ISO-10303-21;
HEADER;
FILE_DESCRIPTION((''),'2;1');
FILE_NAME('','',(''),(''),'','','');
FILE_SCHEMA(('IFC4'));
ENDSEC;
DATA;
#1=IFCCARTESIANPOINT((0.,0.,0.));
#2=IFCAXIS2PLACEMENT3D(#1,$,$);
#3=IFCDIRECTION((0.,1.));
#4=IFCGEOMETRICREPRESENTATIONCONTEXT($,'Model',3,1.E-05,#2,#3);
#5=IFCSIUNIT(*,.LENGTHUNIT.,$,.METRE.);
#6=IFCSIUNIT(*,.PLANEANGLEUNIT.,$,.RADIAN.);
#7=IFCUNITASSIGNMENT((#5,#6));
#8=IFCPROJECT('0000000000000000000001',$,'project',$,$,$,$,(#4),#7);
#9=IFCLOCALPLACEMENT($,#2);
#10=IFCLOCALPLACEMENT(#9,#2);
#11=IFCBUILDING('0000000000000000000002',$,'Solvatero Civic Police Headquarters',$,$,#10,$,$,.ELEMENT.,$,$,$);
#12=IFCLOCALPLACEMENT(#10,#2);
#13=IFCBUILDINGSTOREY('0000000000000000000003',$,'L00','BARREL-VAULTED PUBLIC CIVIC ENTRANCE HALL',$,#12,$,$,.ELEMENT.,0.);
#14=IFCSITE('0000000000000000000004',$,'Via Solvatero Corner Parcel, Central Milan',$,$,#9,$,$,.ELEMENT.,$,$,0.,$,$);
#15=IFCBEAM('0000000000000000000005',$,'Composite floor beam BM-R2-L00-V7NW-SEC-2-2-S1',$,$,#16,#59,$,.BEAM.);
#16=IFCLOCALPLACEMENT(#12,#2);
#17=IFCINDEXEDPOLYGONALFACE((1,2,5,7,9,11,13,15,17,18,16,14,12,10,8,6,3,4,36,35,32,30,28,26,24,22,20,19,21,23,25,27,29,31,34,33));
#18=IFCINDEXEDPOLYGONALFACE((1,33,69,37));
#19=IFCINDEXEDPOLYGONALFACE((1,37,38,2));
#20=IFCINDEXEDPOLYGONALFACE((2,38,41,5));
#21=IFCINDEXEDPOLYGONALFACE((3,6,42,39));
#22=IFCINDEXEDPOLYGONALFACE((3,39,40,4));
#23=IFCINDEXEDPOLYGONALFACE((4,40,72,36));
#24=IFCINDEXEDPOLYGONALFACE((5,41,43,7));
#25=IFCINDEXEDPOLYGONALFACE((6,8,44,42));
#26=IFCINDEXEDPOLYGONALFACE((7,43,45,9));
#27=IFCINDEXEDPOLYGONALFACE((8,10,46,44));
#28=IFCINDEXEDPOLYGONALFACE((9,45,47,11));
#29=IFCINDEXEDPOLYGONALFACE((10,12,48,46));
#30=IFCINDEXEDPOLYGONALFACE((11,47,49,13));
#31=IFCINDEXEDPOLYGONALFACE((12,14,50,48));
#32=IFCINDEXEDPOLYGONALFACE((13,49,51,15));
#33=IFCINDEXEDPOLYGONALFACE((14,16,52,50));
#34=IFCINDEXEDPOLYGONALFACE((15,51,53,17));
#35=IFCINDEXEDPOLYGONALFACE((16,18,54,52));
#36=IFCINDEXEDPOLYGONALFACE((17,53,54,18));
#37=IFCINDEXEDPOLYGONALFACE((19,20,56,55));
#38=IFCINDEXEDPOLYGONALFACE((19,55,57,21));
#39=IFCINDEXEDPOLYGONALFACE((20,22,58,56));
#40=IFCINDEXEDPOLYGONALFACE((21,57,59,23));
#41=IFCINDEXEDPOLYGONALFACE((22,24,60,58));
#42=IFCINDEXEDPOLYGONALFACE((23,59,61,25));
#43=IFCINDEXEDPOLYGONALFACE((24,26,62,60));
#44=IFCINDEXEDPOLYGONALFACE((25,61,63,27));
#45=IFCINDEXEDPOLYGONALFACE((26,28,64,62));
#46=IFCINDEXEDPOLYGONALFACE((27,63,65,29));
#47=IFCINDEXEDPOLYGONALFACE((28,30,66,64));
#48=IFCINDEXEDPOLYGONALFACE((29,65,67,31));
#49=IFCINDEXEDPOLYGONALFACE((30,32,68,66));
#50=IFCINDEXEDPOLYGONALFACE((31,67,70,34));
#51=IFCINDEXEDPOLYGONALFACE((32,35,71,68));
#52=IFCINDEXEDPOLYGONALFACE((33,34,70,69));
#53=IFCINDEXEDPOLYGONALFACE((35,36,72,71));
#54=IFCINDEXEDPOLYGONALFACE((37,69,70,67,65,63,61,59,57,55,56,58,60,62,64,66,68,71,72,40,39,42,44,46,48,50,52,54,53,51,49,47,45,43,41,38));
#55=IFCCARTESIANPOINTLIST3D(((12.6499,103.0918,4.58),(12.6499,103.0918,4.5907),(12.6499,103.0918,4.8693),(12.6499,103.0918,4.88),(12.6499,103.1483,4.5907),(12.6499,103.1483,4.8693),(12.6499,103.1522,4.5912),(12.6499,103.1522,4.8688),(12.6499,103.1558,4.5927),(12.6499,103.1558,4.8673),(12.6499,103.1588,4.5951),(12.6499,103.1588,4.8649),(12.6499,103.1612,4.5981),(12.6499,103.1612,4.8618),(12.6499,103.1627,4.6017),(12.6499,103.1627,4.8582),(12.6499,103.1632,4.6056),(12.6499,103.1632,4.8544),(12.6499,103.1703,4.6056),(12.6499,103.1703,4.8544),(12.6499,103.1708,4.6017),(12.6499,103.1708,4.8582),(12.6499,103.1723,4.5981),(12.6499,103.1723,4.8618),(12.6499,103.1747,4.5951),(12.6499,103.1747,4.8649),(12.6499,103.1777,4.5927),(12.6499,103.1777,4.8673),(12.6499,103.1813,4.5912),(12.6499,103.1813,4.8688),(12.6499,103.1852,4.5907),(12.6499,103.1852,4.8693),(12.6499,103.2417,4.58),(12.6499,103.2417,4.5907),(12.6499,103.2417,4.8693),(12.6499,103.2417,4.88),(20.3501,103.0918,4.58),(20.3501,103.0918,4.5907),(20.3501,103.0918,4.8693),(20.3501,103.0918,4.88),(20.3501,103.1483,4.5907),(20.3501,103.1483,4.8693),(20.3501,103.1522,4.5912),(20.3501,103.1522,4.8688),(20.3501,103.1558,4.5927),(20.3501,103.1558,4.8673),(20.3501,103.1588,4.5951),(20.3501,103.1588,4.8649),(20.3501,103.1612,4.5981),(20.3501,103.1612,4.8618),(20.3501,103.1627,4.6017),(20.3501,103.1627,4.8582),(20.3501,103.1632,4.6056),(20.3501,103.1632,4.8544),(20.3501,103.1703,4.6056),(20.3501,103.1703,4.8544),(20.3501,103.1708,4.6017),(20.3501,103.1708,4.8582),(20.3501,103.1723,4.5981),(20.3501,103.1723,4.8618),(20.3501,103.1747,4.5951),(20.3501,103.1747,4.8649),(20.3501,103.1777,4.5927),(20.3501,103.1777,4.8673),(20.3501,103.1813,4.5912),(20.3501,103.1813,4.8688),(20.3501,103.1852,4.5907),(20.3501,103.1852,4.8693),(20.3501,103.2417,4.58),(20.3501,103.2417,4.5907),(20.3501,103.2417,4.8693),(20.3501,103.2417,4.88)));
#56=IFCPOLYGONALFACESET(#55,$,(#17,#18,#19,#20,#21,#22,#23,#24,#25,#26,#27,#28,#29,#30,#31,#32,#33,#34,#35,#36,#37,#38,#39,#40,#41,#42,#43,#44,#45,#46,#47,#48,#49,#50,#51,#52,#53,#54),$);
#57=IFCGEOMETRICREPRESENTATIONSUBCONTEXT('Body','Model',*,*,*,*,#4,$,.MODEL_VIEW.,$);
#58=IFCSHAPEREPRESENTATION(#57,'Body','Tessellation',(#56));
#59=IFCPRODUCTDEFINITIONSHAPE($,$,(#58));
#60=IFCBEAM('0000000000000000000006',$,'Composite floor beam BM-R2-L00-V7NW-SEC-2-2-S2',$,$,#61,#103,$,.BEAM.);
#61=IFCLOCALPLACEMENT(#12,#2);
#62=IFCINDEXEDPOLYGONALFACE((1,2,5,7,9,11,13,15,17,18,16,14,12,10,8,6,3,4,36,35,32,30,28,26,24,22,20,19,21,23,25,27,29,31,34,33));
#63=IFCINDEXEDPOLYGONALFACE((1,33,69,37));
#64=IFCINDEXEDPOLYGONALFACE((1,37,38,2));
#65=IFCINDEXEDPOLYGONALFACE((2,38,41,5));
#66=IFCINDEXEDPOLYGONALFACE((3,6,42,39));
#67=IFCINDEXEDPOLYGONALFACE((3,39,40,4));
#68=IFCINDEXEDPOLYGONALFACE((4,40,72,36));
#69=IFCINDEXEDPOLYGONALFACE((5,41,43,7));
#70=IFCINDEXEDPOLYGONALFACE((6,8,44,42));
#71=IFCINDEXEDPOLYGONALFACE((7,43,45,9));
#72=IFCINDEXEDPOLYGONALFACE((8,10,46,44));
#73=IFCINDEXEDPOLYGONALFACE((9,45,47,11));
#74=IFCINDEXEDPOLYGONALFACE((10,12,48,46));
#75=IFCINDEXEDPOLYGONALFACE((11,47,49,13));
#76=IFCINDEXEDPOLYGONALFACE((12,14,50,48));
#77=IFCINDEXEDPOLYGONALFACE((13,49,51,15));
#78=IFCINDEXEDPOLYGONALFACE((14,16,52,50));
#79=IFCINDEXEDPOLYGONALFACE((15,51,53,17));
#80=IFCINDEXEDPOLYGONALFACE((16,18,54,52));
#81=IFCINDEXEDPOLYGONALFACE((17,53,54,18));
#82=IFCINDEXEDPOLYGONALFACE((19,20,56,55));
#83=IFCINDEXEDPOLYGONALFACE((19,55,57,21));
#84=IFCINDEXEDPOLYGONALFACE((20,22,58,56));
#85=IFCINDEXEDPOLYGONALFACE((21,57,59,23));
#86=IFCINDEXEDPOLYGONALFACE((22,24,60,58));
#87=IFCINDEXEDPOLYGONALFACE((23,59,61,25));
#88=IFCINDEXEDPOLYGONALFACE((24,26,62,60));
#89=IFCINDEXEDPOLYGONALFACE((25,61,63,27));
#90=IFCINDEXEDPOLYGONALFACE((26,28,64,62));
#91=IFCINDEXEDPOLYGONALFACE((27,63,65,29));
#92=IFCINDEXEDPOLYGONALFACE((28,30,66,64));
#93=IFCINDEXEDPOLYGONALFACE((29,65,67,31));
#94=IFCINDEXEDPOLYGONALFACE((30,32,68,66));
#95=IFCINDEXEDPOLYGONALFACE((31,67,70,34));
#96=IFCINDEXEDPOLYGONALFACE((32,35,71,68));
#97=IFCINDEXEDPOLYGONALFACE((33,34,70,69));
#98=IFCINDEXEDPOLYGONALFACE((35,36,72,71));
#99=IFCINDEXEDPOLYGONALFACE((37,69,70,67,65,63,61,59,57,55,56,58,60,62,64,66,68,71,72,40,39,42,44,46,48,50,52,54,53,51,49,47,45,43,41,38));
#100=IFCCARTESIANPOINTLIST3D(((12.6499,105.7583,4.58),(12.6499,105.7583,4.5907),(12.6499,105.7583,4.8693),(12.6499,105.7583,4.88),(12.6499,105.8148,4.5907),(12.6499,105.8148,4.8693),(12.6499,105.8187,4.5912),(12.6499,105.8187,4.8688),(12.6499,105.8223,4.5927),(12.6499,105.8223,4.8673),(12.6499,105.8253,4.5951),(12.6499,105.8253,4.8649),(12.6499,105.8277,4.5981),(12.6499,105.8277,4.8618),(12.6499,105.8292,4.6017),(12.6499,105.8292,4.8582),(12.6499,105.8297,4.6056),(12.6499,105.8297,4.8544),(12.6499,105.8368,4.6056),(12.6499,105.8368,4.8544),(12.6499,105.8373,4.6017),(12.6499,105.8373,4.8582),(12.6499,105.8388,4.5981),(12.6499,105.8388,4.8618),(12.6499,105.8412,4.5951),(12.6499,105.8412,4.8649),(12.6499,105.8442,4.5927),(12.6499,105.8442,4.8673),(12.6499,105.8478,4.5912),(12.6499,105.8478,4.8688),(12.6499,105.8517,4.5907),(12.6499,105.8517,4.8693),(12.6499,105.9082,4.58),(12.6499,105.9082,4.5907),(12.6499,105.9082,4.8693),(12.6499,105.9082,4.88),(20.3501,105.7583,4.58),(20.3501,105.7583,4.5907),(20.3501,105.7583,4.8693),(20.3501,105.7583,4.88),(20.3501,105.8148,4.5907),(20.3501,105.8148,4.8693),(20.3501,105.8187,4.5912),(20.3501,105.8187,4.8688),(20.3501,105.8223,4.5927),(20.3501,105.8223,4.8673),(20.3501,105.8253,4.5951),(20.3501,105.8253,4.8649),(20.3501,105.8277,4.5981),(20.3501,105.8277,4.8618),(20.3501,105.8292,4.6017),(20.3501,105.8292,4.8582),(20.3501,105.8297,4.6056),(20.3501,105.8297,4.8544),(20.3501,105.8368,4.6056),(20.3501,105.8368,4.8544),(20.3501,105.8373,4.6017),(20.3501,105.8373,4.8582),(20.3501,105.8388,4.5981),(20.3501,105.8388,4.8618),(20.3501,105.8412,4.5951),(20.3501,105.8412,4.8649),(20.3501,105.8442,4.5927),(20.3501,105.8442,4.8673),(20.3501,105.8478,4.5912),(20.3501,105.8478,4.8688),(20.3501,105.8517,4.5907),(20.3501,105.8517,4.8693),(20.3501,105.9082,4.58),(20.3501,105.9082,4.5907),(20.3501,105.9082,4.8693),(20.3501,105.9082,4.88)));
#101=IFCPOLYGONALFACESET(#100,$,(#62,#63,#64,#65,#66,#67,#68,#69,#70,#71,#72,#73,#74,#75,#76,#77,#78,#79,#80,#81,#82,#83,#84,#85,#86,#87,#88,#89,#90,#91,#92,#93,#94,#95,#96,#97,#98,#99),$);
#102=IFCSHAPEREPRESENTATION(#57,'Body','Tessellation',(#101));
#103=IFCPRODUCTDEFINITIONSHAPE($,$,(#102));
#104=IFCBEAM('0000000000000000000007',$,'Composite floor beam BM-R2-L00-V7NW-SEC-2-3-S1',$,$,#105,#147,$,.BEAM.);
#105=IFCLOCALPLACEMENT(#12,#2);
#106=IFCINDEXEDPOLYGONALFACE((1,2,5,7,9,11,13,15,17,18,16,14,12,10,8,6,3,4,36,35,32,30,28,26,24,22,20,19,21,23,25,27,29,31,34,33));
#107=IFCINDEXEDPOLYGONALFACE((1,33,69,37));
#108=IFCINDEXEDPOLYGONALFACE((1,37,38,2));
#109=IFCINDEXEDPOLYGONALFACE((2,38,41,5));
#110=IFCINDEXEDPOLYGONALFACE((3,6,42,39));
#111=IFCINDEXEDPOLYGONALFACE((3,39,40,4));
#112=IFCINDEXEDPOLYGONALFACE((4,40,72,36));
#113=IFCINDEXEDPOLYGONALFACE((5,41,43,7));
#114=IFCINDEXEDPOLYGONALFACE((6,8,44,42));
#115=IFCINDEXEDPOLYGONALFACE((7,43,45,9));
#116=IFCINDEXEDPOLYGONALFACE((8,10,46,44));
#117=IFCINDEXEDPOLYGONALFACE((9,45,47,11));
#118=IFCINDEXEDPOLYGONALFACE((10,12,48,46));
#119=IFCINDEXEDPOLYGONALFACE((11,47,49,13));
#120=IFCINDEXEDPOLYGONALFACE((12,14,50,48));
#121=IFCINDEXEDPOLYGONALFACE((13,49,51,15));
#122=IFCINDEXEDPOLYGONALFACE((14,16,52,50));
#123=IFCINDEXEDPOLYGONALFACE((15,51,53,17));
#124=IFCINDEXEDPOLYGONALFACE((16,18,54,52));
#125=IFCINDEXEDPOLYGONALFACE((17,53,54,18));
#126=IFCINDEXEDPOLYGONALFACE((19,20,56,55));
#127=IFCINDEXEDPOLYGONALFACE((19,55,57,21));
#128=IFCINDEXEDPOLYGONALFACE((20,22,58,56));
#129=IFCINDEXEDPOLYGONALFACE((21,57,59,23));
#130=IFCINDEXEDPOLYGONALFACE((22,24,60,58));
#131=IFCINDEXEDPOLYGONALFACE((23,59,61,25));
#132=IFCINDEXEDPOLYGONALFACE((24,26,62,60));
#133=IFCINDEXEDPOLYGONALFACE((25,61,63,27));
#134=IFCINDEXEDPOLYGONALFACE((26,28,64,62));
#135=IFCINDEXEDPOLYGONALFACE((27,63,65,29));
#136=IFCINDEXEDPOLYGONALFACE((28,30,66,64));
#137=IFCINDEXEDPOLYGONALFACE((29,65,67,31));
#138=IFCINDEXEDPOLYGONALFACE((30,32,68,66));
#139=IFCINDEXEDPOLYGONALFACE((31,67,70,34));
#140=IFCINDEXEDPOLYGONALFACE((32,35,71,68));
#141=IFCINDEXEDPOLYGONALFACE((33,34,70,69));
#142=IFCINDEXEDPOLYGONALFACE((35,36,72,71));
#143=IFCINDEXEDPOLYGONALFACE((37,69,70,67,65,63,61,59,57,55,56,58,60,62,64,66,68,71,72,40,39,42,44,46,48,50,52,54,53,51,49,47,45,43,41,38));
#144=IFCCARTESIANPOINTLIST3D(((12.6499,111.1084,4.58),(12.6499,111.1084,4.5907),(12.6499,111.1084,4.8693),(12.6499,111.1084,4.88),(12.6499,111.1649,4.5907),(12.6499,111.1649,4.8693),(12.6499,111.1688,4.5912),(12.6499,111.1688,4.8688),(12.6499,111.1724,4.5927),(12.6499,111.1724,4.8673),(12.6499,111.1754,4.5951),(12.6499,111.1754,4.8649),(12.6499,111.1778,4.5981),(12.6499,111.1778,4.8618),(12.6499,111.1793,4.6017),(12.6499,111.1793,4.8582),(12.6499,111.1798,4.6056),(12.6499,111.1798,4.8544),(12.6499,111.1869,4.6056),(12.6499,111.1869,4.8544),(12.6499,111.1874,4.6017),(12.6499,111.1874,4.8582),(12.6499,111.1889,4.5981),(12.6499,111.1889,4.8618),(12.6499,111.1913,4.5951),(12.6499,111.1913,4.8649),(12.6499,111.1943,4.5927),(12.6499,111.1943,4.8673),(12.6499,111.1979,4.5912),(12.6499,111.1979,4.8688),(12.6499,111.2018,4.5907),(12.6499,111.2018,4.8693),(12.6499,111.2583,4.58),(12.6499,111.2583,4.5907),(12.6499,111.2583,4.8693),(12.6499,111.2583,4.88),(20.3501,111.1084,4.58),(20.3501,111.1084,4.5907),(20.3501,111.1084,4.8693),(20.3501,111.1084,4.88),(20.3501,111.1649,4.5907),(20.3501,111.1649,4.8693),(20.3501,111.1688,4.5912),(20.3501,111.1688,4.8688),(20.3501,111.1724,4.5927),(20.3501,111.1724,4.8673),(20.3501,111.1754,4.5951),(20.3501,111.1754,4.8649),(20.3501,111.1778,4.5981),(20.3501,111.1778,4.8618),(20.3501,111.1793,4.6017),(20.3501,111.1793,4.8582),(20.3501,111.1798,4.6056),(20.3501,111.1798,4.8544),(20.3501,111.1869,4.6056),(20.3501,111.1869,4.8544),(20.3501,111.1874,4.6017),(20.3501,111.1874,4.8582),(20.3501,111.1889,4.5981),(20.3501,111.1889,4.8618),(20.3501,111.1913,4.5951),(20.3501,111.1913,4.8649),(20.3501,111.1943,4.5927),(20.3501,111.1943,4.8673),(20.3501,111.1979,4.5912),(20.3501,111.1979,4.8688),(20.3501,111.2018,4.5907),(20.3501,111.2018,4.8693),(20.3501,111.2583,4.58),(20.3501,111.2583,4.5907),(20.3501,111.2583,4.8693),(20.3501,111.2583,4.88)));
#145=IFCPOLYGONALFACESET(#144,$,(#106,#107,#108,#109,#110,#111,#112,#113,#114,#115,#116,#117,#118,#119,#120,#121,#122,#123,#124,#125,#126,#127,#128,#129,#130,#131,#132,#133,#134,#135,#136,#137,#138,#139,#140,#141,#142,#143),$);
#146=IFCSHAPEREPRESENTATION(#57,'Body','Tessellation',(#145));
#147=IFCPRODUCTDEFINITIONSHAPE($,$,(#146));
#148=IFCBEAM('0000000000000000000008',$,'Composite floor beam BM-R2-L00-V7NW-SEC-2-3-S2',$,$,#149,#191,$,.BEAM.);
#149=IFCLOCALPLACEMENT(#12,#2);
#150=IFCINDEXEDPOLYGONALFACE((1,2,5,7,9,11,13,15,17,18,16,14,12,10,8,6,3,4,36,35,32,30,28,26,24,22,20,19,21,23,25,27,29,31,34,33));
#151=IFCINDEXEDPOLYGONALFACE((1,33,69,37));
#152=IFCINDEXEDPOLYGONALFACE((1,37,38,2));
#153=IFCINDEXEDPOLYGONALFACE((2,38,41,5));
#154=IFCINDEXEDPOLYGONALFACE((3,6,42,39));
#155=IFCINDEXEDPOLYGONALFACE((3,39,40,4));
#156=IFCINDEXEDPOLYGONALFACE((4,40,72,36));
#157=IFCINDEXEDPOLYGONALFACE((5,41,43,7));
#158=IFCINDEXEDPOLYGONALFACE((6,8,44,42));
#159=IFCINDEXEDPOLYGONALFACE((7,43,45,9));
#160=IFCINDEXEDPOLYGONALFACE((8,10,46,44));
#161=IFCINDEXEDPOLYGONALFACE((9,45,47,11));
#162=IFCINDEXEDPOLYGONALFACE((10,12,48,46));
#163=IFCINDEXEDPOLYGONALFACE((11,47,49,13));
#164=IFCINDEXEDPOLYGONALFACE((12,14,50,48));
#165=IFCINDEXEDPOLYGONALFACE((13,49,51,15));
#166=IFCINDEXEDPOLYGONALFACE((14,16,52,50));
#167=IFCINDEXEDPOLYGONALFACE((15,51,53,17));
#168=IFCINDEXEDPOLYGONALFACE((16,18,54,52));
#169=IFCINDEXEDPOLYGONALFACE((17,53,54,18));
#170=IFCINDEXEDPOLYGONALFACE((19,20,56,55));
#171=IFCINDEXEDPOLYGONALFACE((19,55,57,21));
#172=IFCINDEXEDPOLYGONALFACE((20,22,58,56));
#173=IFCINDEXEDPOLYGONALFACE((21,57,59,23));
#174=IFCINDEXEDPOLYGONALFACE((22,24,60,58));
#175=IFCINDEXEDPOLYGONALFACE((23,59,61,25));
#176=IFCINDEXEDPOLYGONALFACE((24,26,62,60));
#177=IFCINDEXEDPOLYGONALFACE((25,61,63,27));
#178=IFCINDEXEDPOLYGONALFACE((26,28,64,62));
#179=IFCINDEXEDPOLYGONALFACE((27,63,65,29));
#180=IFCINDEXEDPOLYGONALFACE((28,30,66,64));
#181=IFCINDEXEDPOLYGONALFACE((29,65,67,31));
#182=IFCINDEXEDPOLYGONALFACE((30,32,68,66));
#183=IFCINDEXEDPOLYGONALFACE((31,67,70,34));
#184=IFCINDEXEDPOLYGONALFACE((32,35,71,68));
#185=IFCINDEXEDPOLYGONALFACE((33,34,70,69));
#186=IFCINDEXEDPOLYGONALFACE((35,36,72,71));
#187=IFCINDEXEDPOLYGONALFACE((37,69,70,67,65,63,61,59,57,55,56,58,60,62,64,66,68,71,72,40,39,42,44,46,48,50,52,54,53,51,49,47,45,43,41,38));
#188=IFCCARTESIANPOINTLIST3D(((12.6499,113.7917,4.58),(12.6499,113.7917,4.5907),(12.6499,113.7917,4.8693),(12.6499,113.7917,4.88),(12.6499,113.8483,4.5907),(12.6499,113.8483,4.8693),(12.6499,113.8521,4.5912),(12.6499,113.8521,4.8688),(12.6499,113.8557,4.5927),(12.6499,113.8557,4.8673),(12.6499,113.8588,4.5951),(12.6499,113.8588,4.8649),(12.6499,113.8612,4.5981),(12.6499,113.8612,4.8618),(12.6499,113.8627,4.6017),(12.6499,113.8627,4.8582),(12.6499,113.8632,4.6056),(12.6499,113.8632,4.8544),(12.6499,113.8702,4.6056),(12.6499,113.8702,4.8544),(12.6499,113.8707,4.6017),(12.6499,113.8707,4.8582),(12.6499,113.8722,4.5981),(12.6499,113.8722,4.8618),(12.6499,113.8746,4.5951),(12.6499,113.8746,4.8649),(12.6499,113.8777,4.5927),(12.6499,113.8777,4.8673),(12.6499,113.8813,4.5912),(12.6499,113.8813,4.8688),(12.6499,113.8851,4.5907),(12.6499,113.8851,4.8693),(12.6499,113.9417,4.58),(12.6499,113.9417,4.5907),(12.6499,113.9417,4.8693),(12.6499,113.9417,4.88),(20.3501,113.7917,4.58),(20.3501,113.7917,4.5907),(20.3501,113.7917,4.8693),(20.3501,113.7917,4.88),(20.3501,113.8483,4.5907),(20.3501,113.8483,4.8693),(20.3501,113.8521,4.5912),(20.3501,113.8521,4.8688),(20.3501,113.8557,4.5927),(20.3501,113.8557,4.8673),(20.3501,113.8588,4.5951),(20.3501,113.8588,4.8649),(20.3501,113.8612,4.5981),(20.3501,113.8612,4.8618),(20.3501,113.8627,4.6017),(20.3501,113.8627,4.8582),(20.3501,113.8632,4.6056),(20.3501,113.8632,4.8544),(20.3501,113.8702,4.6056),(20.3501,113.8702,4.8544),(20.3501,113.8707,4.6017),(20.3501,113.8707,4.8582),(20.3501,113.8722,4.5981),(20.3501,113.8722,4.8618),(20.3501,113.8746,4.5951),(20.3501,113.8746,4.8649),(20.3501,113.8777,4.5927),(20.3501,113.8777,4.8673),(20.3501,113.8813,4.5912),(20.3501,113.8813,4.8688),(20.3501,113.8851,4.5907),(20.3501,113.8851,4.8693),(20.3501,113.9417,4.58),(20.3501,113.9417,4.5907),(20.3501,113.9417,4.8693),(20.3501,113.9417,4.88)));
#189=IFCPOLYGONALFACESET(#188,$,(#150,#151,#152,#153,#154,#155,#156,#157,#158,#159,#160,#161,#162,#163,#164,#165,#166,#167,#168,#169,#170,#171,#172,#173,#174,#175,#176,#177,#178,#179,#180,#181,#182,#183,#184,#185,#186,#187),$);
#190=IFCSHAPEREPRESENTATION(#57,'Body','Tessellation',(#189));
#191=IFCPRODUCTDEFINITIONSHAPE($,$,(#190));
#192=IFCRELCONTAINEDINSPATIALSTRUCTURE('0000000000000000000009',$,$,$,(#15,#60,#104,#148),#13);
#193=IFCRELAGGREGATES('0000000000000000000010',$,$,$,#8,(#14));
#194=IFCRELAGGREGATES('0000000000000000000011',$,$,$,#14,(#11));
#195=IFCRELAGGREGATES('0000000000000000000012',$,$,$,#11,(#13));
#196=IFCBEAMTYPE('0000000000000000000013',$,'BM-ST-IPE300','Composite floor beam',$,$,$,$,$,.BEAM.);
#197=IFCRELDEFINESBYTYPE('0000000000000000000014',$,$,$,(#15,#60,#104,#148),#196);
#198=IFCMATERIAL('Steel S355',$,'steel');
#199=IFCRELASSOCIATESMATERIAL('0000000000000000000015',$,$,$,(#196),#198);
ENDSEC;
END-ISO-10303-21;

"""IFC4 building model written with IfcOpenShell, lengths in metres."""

from ifc_helpers import new_model, si_unit, direction, frame, origin, origin_2d, place, context, subcontext, project, spatial, i_section, extrude, material, material_profile, profile_set, type_object, element, save


model = new_model("IFC4")

# Units and contexts
model_context = context("Model", 3, precision=1e-05, world=origin(), true_north=direction((0.0, 1.0)))
body_context = subcontext(model_context, "Body", "Model", "MODEL_VIEW")
ifc_project = project(units=[si_unit("LENGTHUNIT", "METRE"), si_unit("PLANEANGLEUNIT", "RADIAN")], contexts=[model_context])

# Site, building, storey
site_placement = place(None, origin())
site = spatial("IfcSite", under=ifc_project, at=site_placement, Name="Via Solvatero Corner Parcel, Central Milan", CompositionType="ELEMENT", RefElevation=0.0)
building_placement = place(site_placement, origin())
building = spatial("IfcBuilding", under=site, at=building_placement, Name="Solvatero Civic Police Headquarters", CompositionType="ELEMENT")
storey_placement = place(building_placement, origin())
storey = spatial("IfcBuildingStorey", under=building, at=storey_placement, Name="L00", Description="BARREL-VAULTED PUBLIC CIVIC ENTRANCE HALL", CompositionType="ELEMENT", Elevation=0.0)

# Beams
ifc_material_1 = material(Name="Steel S355", Category="steel")
ifc_material_profile_1 = material_profile(ifc_material_1, i_section(OverallWidth=0.1499, OverallDepth=0.3, WebThickness=0.0071, FlangeThickness=0.0107, FilletRadius=0.0149, at=origin_2d()), Name="IPE 300")
ifc_profile_set_1 = profile_set([ifc_material_profile_1], Name="Steel S355")
beam_type_1 = type_object("IfcBeamType", Name="BM-ST-IPE300", Description="Composite floor beam", PredefinedType="BEAM", material=ifc_profile_set_1)
for number, where, z_axis, x_axis, name in (
    (1, (12.6499, 103.1667, 4.73), (1.0, 0.0, 0.0), (0.0, 1.0, 0.0), "Composite floor beam BM-R2-L00-V7NW-SEC-2-2-S1"),
    (2, (12.6499, 105.8333, 4.73), (1.0, 0.0, 0.0), (0.0, 1.0, 0.0), "Composite floor beam BM-R2-L00-V7NW-SEC-2-2-S2"),
    (3, (12.6499, 111.1833, 4.73), (1.0, 0.0, 0.0), (0.0, 1.0, 0.0), "Composite floor beam BM-R2-L00-V7NW-SEC-2-3-S1"),
    (4, (12.6499, 113.8667, 4.73), (1.0, 0.0, 0.0), (0.0, 1.0, 0.0), "Composite floor beam BM-R2-L00-V7NW-SEC-2-3-S2"),
):
    element("IfcBeam", number, at=place(storey_placement, frame(where, z_axis=z_axis, x_axis=x_axis)), inside=storey, type_object=beam_type_1, Name=name, PredefinedType="BEAM", context=body_context, shape_type="SweptSolid", body=[
        extrude(i_section(OverallWidth=0.1499, OverallDepth=0.3, WebThickness=0.0071, FlangeThickness=0.0107, FilletRadius=0.0149, at=origin_2d()), origin(), (0.0, 0.0, 1.0), 7.7002),
    ])

save(model, "model.ifc")
